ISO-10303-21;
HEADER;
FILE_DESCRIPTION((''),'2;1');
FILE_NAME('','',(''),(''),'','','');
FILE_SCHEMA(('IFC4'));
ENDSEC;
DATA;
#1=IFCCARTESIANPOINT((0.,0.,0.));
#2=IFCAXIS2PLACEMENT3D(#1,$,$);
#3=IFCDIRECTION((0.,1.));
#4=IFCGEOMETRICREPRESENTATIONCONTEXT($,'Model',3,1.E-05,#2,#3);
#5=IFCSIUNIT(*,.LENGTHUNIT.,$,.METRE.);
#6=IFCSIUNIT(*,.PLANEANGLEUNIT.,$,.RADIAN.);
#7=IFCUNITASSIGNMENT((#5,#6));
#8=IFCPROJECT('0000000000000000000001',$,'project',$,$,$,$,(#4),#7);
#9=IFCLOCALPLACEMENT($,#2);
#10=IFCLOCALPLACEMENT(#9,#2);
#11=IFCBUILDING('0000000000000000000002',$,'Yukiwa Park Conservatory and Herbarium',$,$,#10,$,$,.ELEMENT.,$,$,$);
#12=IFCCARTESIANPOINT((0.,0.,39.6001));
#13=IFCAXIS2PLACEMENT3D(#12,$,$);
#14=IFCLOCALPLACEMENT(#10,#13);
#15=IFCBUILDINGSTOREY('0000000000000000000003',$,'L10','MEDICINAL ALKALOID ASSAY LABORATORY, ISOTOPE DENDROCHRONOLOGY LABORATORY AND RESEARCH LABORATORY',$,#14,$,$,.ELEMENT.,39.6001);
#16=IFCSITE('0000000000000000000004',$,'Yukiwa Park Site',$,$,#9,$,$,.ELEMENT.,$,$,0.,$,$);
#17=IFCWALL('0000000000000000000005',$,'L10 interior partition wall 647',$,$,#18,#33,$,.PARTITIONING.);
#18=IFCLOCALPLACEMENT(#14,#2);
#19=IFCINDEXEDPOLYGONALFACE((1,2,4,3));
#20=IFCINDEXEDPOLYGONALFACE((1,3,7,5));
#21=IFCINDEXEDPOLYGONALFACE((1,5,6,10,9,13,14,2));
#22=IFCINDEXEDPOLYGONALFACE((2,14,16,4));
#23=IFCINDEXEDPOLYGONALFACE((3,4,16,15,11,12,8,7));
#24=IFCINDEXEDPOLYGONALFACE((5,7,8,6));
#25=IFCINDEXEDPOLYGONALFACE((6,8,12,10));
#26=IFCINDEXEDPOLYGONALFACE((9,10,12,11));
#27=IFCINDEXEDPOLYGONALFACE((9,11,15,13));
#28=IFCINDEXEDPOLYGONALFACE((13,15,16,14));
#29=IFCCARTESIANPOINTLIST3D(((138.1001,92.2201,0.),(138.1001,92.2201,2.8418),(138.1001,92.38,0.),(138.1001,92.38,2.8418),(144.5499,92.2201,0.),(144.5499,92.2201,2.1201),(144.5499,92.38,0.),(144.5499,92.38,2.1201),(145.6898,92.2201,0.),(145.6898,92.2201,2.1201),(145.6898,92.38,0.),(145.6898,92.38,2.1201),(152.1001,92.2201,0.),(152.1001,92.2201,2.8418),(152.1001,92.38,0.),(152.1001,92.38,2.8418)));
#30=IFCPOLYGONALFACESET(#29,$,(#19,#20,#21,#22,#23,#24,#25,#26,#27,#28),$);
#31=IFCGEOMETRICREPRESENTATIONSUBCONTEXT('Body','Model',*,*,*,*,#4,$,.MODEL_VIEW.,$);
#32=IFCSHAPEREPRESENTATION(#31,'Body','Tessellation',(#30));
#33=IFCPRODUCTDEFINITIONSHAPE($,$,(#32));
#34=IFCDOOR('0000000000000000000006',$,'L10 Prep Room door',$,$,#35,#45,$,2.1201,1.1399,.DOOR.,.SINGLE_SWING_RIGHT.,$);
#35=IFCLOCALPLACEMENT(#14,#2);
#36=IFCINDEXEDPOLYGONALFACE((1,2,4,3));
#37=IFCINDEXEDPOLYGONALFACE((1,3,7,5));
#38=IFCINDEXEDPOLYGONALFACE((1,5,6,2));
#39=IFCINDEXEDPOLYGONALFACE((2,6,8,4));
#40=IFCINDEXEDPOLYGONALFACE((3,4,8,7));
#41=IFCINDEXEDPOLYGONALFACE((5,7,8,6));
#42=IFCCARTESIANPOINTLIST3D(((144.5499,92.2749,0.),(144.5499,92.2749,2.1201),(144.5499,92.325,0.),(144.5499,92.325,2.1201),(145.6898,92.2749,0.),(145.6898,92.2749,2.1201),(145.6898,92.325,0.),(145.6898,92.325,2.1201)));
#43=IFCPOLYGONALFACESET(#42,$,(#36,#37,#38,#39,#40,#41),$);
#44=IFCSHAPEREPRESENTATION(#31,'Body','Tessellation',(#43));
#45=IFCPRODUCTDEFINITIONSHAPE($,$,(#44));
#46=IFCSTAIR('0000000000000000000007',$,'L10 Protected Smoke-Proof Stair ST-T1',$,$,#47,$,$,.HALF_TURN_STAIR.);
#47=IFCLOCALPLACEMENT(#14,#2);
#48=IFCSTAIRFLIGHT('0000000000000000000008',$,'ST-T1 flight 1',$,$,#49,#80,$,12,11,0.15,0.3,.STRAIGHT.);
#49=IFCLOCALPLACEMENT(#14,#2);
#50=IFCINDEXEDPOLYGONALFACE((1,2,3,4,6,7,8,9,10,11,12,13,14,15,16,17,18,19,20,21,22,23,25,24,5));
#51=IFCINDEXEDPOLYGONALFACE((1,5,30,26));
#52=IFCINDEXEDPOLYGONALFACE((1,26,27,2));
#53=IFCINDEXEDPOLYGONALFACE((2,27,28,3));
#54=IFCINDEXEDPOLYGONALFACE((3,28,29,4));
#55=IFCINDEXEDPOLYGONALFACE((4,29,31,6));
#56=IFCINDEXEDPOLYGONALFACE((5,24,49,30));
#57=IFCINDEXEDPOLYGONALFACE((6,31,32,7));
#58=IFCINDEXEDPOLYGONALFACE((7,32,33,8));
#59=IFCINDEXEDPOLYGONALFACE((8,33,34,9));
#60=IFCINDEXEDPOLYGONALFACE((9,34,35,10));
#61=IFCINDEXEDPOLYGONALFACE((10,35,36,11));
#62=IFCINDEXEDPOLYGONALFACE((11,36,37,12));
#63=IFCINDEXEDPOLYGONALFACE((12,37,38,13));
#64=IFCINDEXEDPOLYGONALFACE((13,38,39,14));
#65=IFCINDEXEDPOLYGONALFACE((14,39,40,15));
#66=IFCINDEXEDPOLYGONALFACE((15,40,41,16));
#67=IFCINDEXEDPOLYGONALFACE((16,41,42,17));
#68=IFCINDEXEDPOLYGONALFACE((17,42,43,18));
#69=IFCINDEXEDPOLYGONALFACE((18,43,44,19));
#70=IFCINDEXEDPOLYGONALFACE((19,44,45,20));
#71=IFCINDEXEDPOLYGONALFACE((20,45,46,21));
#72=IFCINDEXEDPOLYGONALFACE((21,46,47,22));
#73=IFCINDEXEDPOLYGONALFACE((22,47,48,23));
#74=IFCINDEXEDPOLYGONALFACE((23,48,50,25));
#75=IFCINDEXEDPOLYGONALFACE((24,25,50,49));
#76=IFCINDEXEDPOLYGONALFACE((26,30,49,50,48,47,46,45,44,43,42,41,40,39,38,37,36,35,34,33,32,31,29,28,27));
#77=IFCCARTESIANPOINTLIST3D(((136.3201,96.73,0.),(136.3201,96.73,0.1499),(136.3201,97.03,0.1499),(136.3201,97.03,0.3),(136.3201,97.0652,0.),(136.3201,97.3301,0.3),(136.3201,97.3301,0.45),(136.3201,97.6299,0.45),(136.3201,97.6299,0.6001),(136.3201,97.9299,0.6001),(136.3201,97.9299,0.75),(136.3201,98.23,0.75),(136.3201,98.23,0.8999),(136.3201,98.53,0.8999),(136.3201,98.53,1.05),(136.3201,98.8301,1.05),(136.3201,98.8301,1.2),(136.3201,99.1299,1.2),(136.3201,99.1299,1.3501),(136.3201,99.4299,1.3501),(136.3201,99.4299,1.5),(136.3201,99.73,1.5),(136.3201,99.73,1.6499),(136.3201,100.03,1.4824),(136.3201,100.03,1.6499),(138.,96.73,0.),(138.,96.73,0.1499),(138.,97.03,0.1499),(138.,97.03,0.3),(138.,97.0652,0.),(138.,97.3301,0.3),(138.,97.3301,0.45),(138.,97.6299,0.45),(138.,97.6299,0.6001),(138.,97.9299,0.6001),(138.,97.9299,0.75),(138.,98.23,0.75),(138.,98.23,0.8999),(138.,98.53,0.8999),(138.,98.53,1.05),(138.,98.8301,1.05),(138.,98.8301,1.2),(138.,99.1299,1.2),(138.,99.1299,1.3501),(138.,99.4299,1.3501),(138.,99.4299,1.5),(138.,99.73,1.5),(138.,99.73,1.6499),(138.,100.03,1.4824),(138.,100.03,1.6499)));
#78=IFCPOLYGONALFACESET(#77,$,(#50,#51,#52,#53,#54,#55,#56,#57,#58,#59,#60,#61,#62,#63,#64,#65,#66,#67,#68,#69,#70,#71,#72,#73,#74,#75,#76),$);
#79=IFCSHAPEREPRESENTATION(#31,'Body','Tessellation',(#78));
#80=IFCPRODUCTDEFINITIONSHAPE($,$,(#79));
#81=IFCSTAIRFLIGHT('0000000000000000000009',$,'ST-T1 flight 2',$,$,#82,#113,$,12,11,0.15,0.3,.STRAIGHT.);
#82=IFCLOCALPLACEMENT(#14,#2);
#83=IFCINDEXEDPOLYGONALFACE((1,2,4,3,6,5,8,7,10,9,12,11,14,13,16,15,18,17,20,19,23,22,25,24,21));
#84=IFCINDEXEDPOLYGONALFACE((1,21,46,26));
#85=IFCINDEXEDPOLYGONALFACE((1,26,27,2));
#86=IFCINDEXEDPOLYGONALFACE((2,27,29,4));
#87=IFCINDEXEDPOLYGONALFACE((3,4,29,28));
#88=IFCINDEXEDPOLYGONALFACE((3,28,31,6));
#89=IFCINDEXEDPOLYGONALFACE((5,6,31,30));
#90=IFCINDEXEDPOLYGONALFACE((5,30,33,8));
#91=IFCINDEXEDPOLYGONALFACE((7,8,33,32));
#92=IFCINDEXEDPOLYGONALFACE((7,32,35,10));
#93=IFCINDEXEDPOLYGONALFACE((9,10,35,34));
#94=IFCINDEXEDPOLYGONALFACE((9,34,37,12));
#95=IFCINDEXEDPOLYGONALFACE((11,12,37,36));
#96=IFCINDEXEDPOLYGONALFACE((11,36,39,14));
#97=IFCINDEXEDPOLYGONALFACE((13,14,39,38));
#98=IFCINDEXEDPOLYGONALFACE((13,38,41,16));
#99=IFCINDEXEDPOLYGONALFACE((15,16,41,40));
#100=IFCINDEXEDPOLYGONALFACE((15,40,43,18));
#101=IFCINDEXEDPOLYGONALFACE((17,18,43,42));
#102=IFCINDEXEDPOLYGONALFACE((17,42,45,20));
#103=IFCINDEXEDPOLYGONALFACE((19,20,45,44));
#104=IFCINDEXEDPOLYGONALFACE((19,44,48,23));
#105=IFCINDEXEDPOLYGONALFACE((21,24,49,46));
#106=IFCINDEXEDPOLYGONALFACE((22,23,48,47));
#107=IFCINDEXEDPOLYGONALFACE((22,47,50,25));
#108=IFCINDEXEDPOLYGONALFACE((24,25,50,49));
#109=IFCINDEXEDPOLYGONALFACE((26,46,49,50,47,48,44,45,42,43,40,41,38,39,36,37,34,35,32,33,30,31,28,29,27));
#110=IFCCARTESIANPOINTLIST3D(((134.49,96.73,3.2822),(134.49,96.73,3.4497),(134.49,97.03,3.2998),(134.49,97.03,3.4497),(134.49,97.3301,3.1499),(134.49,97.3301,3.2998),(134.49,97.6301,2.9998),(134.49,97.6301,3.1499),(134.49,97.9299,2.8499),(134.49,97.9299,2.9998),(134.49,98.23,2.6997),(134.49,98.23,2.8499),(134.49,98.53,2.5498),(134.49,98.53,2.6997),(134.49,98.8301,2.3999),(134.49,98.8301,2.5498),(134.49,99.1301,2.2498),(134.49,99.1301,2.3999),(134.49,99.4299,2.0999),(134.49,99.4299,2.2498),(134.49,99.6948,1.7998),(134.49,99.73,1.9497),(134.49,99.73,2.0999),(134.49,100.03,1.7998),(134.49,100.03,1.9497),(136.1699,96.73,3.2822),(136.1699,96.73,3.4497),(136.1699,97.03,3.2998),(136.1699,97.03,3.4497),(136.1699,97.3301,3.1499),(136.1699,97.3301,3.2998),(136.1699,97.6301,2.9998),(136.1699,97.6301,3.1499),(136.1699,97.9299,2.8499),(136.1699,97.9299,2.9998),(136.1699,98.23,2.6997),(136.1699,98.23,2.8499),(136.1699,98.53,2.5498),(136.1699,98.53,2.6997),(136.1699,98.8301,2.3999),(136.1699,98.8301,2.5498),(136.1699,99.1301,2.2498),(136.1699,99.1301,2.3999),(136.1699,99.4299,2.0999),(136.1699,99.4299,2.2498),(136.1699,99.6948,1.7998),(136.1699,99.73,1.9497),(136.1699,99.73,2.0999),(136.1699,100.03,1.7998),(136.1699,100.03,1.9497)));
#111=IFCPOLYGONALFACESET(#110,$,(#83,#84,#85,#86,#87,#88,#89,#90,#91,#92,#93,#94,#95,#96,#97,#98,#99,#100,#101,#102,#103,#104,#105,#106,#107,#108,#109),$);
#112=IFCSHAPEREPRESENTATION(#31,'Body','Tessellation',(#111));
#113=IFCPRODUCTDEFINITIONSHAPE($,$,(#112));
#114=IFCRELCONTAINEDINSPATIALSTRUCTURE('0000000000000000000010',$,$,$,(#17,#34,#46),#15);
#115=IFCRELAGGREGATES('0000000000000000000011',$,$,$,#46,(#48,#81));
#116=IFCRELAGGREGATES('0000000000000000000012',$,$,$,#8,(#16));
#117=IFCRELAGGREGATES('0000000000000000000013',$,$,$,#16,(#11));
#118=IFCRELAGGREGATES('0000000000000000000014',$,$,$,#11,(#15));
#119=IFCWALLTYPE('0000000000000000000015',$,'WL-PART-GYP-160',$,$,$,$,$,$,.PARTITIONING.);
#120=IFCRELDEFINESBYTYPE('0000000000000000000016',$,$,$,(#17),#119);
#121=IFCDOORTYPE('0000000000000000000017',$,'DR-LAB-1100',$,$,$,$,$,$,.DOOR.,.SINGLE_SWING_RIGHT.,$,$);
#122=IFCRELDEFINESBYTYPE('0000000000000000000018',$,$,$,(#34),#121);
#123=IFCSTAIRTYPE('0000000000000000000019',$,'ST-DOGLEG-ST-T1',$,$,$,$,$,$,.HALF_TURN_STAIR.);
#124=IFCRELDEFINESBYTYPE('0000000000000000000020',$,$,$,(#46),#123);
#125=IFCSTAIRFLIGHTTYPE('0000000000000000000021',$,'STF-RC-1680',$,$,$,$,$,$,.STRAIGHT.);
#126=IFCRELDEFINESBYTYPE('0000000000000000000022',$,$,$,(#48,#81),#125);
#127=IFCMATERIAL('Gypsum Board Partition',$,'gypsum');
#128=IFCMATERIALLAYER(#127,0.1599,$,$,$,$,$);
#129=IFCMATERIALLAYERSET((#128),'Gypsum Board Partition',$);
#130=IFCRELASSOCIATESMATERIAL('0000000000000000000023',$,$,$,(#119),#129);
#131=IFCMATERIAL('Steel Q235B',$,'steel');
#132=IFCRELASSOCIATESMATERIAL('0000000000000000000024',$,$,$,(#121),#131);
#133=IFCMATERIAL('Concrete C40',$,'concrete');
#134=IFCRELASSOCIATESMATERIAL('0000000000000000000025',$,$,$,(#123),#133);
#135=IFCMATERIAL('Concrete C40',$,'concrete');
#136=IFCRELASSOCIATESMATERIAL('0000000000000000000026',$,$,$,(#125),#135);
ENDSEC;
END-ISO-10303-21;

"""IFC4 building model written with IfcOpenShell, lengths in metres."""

from ifc_helpers import new_model, si_unit, direction, frame, frame_2d, origin, place, context, subcontext, project, spatial, polyline, rectangle, outline, extrude, material, layer, layer_set, type_object, element, fill, aggregate, save


model = new_model("IFC4")

# Units and contexts
model_context = context("Model", 3, precision=1e-05, world=origin(), true_north=direction((0.0, 1.0)))
body_context = subcontext(model_context, "Body", "Model", "MODEL_VIEW")
ifc_project = project(units=[si_unit("LENGTHUNIT", "METRE"), si_unit("PLANEANGLEUNIT", "RADIAN")], contexts=[model_context])

# Site, building, storey
site_placement = place(None, origin())
site = spatial("IfcSite", under=ifc_project, at=site_placement, Name="Yukiwa Park Site", CompositionType="ELEMENT", RefElevation=0.0)
building_placement = place(site_placement, origin())
building = spatial("IfcBuilding", under=site, at=building_placement, Name="Yukiwa Park Conservatory and Herbarium", CompositionType="ELEMENT")
storey_placement = place(building_placement, frame((0.0, 0.0, 39.6001)))
storey = spatial("IfcBuildingStorey", under=building, at=storey_placement, Name="L10", Description="MEDICINAL ALKALOID ASSAY LABORATORY, ISOTOPE DENDROCHRONOLOGY LABORATORY AND RESEARCH LABORATORY", CompositionType="ELEMENT", Elevation=39.6001)

# Wall, opening, door
ifc_material_1 = material(Name="Gypsum Board Partition", Category="gypsum")
ifc_layer_1 = layer(ifc_material_1, 0.1599)
ifc_layer_set_1 = layer_set([ifc_layer_1], Name="Gypsum Board Partition")
wall_type_1 = type_object("IfcWallType", Name="WL-PART-GYP-160", PredefinedType="PARTITIONING", material=ifc_layer_set_1)
wall_1_placement = place(storey_placement, frame((138.1001, 92.3, 0.0), z_axis=(0.0, 0.0, 1.0), x_axis=(1.0, 0.0, 0.0)))
wall_1 = element("IfcWall", 1, at=wall_1_placement, inside=storey, type_object=wall_type_1, Name="L10 interior partition wall 647", PredefinedType="PARTITIONING", context=body_context, shape_type="SweptSolid", body=[
    extrude(rectangle(XDim=14.0, YDim=0.1599, at=frame_2d((7.0, 0.0))), origin(), (0.0, 0.0, 1.0), 2.8418),
])
opening_1_placement = place(wall_1_placement, frame((6.45, 0.0, 0.0)))
opening_1 = element("IfcOpeningElement", 2, at=opening_1_placement, cuts=wall_1, PredefinedType="OPENING", context=body_context, shape_type="SweptSolid", body=[
    extrude(rectangle(XDim=1.1399, YDim=2.1201, at=frame_2d((0.5698, 1.0601))), frame((0.0, 0.0898, 0.0), z_axis=(0.0, -1.0, 0.0), x_axis=(1.0, 0.0, 0.0)), (0.0, 0.0, 1.0), 0.1799),
])
ifc_material_2 = material(Name="Steel Q235B", Category="steel")
door_type_1 = type_object("IfcDoorType", Name="DR-LAB-1100", OperationType="SINGLE_SWING_RIGHT", PredefinedType="DOOR", material=ifc_material_2)
door_1_placement = place(opening_1_placement, origin())
door_1 = element("IfcDoor", 3, at=door_1_placement, inside=storey, type_object=door_type_1, Name="L10 Prep Room door", OperationType="SINGLE_SWING_RIGHT", OverallHeight=2.1201, OverallWidth=1.1399, PredefinedType="DOOR", context=body_context, shape_type="SweptSolid", body=[
    extrude(rectangle(XDim=1.1399, YDim=2.1201, at=frame_2d((0.5698, 1.0601))), frame((0.0, 0.0249, 0.0), z_axis=(0.0, -1.0, 0.0), x_axis=(1.0, 0.0, 0.0)), (0.0, 0.0, 1.0), 0.05),
])
fill(opening_1, door_1)

# Stair, stair flights
ifc_material_3 = material(Name="Concrete C40", Category="concrete")
stair_type = type_object("IfcStairType", Name="ST-DOGLEG-ST-T1", PredefinedType="HALF_TURN_STAIR", material=ifc_material_3)
stair_placement = place(storey_placement, origin())
stair = element("IfcStair", 4, at=stair_placement, inside=storey, type_object=stair_type, Name="L10 Protected Smoke-Proof Stair ST-T1", PredefinedType="HALF_TURN_STAIR")
ifc_material_4 = material(Name="Concrete C40", Category="concrete")
stair_flight_type = type_object("IfcStairFlightType", Name="STF-RC-1680", PredefinedType="STRAIGHT", material=ifc_material_4)
stair_flight_1_placement = place(storey_placement, frame((137.1599, 96.73, 0.0), z_axis=(0.0, 0.0, 1.0), x_axis=(0.0, 1.0, 0.0)))
stair_flight_1 = element("IfcStairFlight", 5, at=stair_flight_1_placement, type_object=stair_flight_type, Name="ST-T1 flight 1", NumberOfRisers=12, NumberOfTreads=11, PredefinedType="STRAIGHT", RiserHeight=0.15, TreadLength=0.3, context=body_context, shape_type="SweptSolid", body=[
    extrude(outline(polyline([(0.0, 0.0), (0.0, 0.1499), (0.3, 0.1499), (0.3, 0.3), (0.6001, 0.3), (0.6001, 0.45), (0.8999, 0.45), (0.8999, 0.6001), (1.2, 0.6001), (1.2, 0.75), (1.5, 0.75), (1.5, 0.8999), (1.8, 0.8999), (1.8, 1.05), (2.1001, 1.05), (2.1001, 1.2), (2.3999, 1.2), (2.3999, 1.3501), (2.7, 1.3501), (2.7, 1.5), (3.0, 1.5), (3.0, 1.6499), (3.3, 1.6499), (3.3, 1.8), (3.3, 1.4824), (0.3352, 0.0), (0.0, 0.0)])), frame((0.0, 0.8398, 0.0), z_axis=(0.0, -1.0, 0.0), x_axis=(1.0, 0.0, 0.0)), (0.0, 0.0, 1.0), 1.6799),
])
stair_flight_2_placement = place(storey_placement, frame((135.3301, 100.03, 1.7998), z_axis=(0.0, 0.0, 1.0), x_axis=(0.0, -1.0, 0.0)))
stair_flight_2 = element("IfcStairFlight", 6, at=stair_flight_2_placement, type_object=stair_flight_type, Name="ST-T1 flight 2", NumberOfRisers=12, NumberOfTreads=11, PredefinedType="STRAIGHT", RiserHeight=0.15, TreadLength=0.3, context=body_context, shape_type="SweptSolid", body=[
    extrude(outline(polyline([(0.0, 0.0), (0.0, 0.1499), (0.3, 0.1499), (0.3, 0.3), (0.6001, 0.3), (0.6001, 0.45), (0.8999, 0.45), (0.8999, 0.6001), (1.2, 0.6001), (1.2, 0.75), (1.5, 0.75), (1.5, 0.8999), (1.8, 0.8999), (1.8, 1.05), (2.1001, 1.05), (2.1001, 1.2), (2.3999, 1.2), (2.3999, 1.3501), (2.7, 1.3501), (2.7, 1.5), (3.0, 1.5), (3.0, 1.6499), (3.3, 1.6499), (3.3, 1.8), (3.3, 1.4824), (0.3352, 0.0), (0.0, 0.0)])), frame((0.0, 0.8398, 0.0), z_axis=(0.0, -1.0, 0.0), x_axis=(1.0, 0.0, 0.0)), (0.0, 0.0, 1.0), 1.6799),
])
aggregate(stair, [stair_flight_1, stair_flight_2])

save(model, "model.ifc")
